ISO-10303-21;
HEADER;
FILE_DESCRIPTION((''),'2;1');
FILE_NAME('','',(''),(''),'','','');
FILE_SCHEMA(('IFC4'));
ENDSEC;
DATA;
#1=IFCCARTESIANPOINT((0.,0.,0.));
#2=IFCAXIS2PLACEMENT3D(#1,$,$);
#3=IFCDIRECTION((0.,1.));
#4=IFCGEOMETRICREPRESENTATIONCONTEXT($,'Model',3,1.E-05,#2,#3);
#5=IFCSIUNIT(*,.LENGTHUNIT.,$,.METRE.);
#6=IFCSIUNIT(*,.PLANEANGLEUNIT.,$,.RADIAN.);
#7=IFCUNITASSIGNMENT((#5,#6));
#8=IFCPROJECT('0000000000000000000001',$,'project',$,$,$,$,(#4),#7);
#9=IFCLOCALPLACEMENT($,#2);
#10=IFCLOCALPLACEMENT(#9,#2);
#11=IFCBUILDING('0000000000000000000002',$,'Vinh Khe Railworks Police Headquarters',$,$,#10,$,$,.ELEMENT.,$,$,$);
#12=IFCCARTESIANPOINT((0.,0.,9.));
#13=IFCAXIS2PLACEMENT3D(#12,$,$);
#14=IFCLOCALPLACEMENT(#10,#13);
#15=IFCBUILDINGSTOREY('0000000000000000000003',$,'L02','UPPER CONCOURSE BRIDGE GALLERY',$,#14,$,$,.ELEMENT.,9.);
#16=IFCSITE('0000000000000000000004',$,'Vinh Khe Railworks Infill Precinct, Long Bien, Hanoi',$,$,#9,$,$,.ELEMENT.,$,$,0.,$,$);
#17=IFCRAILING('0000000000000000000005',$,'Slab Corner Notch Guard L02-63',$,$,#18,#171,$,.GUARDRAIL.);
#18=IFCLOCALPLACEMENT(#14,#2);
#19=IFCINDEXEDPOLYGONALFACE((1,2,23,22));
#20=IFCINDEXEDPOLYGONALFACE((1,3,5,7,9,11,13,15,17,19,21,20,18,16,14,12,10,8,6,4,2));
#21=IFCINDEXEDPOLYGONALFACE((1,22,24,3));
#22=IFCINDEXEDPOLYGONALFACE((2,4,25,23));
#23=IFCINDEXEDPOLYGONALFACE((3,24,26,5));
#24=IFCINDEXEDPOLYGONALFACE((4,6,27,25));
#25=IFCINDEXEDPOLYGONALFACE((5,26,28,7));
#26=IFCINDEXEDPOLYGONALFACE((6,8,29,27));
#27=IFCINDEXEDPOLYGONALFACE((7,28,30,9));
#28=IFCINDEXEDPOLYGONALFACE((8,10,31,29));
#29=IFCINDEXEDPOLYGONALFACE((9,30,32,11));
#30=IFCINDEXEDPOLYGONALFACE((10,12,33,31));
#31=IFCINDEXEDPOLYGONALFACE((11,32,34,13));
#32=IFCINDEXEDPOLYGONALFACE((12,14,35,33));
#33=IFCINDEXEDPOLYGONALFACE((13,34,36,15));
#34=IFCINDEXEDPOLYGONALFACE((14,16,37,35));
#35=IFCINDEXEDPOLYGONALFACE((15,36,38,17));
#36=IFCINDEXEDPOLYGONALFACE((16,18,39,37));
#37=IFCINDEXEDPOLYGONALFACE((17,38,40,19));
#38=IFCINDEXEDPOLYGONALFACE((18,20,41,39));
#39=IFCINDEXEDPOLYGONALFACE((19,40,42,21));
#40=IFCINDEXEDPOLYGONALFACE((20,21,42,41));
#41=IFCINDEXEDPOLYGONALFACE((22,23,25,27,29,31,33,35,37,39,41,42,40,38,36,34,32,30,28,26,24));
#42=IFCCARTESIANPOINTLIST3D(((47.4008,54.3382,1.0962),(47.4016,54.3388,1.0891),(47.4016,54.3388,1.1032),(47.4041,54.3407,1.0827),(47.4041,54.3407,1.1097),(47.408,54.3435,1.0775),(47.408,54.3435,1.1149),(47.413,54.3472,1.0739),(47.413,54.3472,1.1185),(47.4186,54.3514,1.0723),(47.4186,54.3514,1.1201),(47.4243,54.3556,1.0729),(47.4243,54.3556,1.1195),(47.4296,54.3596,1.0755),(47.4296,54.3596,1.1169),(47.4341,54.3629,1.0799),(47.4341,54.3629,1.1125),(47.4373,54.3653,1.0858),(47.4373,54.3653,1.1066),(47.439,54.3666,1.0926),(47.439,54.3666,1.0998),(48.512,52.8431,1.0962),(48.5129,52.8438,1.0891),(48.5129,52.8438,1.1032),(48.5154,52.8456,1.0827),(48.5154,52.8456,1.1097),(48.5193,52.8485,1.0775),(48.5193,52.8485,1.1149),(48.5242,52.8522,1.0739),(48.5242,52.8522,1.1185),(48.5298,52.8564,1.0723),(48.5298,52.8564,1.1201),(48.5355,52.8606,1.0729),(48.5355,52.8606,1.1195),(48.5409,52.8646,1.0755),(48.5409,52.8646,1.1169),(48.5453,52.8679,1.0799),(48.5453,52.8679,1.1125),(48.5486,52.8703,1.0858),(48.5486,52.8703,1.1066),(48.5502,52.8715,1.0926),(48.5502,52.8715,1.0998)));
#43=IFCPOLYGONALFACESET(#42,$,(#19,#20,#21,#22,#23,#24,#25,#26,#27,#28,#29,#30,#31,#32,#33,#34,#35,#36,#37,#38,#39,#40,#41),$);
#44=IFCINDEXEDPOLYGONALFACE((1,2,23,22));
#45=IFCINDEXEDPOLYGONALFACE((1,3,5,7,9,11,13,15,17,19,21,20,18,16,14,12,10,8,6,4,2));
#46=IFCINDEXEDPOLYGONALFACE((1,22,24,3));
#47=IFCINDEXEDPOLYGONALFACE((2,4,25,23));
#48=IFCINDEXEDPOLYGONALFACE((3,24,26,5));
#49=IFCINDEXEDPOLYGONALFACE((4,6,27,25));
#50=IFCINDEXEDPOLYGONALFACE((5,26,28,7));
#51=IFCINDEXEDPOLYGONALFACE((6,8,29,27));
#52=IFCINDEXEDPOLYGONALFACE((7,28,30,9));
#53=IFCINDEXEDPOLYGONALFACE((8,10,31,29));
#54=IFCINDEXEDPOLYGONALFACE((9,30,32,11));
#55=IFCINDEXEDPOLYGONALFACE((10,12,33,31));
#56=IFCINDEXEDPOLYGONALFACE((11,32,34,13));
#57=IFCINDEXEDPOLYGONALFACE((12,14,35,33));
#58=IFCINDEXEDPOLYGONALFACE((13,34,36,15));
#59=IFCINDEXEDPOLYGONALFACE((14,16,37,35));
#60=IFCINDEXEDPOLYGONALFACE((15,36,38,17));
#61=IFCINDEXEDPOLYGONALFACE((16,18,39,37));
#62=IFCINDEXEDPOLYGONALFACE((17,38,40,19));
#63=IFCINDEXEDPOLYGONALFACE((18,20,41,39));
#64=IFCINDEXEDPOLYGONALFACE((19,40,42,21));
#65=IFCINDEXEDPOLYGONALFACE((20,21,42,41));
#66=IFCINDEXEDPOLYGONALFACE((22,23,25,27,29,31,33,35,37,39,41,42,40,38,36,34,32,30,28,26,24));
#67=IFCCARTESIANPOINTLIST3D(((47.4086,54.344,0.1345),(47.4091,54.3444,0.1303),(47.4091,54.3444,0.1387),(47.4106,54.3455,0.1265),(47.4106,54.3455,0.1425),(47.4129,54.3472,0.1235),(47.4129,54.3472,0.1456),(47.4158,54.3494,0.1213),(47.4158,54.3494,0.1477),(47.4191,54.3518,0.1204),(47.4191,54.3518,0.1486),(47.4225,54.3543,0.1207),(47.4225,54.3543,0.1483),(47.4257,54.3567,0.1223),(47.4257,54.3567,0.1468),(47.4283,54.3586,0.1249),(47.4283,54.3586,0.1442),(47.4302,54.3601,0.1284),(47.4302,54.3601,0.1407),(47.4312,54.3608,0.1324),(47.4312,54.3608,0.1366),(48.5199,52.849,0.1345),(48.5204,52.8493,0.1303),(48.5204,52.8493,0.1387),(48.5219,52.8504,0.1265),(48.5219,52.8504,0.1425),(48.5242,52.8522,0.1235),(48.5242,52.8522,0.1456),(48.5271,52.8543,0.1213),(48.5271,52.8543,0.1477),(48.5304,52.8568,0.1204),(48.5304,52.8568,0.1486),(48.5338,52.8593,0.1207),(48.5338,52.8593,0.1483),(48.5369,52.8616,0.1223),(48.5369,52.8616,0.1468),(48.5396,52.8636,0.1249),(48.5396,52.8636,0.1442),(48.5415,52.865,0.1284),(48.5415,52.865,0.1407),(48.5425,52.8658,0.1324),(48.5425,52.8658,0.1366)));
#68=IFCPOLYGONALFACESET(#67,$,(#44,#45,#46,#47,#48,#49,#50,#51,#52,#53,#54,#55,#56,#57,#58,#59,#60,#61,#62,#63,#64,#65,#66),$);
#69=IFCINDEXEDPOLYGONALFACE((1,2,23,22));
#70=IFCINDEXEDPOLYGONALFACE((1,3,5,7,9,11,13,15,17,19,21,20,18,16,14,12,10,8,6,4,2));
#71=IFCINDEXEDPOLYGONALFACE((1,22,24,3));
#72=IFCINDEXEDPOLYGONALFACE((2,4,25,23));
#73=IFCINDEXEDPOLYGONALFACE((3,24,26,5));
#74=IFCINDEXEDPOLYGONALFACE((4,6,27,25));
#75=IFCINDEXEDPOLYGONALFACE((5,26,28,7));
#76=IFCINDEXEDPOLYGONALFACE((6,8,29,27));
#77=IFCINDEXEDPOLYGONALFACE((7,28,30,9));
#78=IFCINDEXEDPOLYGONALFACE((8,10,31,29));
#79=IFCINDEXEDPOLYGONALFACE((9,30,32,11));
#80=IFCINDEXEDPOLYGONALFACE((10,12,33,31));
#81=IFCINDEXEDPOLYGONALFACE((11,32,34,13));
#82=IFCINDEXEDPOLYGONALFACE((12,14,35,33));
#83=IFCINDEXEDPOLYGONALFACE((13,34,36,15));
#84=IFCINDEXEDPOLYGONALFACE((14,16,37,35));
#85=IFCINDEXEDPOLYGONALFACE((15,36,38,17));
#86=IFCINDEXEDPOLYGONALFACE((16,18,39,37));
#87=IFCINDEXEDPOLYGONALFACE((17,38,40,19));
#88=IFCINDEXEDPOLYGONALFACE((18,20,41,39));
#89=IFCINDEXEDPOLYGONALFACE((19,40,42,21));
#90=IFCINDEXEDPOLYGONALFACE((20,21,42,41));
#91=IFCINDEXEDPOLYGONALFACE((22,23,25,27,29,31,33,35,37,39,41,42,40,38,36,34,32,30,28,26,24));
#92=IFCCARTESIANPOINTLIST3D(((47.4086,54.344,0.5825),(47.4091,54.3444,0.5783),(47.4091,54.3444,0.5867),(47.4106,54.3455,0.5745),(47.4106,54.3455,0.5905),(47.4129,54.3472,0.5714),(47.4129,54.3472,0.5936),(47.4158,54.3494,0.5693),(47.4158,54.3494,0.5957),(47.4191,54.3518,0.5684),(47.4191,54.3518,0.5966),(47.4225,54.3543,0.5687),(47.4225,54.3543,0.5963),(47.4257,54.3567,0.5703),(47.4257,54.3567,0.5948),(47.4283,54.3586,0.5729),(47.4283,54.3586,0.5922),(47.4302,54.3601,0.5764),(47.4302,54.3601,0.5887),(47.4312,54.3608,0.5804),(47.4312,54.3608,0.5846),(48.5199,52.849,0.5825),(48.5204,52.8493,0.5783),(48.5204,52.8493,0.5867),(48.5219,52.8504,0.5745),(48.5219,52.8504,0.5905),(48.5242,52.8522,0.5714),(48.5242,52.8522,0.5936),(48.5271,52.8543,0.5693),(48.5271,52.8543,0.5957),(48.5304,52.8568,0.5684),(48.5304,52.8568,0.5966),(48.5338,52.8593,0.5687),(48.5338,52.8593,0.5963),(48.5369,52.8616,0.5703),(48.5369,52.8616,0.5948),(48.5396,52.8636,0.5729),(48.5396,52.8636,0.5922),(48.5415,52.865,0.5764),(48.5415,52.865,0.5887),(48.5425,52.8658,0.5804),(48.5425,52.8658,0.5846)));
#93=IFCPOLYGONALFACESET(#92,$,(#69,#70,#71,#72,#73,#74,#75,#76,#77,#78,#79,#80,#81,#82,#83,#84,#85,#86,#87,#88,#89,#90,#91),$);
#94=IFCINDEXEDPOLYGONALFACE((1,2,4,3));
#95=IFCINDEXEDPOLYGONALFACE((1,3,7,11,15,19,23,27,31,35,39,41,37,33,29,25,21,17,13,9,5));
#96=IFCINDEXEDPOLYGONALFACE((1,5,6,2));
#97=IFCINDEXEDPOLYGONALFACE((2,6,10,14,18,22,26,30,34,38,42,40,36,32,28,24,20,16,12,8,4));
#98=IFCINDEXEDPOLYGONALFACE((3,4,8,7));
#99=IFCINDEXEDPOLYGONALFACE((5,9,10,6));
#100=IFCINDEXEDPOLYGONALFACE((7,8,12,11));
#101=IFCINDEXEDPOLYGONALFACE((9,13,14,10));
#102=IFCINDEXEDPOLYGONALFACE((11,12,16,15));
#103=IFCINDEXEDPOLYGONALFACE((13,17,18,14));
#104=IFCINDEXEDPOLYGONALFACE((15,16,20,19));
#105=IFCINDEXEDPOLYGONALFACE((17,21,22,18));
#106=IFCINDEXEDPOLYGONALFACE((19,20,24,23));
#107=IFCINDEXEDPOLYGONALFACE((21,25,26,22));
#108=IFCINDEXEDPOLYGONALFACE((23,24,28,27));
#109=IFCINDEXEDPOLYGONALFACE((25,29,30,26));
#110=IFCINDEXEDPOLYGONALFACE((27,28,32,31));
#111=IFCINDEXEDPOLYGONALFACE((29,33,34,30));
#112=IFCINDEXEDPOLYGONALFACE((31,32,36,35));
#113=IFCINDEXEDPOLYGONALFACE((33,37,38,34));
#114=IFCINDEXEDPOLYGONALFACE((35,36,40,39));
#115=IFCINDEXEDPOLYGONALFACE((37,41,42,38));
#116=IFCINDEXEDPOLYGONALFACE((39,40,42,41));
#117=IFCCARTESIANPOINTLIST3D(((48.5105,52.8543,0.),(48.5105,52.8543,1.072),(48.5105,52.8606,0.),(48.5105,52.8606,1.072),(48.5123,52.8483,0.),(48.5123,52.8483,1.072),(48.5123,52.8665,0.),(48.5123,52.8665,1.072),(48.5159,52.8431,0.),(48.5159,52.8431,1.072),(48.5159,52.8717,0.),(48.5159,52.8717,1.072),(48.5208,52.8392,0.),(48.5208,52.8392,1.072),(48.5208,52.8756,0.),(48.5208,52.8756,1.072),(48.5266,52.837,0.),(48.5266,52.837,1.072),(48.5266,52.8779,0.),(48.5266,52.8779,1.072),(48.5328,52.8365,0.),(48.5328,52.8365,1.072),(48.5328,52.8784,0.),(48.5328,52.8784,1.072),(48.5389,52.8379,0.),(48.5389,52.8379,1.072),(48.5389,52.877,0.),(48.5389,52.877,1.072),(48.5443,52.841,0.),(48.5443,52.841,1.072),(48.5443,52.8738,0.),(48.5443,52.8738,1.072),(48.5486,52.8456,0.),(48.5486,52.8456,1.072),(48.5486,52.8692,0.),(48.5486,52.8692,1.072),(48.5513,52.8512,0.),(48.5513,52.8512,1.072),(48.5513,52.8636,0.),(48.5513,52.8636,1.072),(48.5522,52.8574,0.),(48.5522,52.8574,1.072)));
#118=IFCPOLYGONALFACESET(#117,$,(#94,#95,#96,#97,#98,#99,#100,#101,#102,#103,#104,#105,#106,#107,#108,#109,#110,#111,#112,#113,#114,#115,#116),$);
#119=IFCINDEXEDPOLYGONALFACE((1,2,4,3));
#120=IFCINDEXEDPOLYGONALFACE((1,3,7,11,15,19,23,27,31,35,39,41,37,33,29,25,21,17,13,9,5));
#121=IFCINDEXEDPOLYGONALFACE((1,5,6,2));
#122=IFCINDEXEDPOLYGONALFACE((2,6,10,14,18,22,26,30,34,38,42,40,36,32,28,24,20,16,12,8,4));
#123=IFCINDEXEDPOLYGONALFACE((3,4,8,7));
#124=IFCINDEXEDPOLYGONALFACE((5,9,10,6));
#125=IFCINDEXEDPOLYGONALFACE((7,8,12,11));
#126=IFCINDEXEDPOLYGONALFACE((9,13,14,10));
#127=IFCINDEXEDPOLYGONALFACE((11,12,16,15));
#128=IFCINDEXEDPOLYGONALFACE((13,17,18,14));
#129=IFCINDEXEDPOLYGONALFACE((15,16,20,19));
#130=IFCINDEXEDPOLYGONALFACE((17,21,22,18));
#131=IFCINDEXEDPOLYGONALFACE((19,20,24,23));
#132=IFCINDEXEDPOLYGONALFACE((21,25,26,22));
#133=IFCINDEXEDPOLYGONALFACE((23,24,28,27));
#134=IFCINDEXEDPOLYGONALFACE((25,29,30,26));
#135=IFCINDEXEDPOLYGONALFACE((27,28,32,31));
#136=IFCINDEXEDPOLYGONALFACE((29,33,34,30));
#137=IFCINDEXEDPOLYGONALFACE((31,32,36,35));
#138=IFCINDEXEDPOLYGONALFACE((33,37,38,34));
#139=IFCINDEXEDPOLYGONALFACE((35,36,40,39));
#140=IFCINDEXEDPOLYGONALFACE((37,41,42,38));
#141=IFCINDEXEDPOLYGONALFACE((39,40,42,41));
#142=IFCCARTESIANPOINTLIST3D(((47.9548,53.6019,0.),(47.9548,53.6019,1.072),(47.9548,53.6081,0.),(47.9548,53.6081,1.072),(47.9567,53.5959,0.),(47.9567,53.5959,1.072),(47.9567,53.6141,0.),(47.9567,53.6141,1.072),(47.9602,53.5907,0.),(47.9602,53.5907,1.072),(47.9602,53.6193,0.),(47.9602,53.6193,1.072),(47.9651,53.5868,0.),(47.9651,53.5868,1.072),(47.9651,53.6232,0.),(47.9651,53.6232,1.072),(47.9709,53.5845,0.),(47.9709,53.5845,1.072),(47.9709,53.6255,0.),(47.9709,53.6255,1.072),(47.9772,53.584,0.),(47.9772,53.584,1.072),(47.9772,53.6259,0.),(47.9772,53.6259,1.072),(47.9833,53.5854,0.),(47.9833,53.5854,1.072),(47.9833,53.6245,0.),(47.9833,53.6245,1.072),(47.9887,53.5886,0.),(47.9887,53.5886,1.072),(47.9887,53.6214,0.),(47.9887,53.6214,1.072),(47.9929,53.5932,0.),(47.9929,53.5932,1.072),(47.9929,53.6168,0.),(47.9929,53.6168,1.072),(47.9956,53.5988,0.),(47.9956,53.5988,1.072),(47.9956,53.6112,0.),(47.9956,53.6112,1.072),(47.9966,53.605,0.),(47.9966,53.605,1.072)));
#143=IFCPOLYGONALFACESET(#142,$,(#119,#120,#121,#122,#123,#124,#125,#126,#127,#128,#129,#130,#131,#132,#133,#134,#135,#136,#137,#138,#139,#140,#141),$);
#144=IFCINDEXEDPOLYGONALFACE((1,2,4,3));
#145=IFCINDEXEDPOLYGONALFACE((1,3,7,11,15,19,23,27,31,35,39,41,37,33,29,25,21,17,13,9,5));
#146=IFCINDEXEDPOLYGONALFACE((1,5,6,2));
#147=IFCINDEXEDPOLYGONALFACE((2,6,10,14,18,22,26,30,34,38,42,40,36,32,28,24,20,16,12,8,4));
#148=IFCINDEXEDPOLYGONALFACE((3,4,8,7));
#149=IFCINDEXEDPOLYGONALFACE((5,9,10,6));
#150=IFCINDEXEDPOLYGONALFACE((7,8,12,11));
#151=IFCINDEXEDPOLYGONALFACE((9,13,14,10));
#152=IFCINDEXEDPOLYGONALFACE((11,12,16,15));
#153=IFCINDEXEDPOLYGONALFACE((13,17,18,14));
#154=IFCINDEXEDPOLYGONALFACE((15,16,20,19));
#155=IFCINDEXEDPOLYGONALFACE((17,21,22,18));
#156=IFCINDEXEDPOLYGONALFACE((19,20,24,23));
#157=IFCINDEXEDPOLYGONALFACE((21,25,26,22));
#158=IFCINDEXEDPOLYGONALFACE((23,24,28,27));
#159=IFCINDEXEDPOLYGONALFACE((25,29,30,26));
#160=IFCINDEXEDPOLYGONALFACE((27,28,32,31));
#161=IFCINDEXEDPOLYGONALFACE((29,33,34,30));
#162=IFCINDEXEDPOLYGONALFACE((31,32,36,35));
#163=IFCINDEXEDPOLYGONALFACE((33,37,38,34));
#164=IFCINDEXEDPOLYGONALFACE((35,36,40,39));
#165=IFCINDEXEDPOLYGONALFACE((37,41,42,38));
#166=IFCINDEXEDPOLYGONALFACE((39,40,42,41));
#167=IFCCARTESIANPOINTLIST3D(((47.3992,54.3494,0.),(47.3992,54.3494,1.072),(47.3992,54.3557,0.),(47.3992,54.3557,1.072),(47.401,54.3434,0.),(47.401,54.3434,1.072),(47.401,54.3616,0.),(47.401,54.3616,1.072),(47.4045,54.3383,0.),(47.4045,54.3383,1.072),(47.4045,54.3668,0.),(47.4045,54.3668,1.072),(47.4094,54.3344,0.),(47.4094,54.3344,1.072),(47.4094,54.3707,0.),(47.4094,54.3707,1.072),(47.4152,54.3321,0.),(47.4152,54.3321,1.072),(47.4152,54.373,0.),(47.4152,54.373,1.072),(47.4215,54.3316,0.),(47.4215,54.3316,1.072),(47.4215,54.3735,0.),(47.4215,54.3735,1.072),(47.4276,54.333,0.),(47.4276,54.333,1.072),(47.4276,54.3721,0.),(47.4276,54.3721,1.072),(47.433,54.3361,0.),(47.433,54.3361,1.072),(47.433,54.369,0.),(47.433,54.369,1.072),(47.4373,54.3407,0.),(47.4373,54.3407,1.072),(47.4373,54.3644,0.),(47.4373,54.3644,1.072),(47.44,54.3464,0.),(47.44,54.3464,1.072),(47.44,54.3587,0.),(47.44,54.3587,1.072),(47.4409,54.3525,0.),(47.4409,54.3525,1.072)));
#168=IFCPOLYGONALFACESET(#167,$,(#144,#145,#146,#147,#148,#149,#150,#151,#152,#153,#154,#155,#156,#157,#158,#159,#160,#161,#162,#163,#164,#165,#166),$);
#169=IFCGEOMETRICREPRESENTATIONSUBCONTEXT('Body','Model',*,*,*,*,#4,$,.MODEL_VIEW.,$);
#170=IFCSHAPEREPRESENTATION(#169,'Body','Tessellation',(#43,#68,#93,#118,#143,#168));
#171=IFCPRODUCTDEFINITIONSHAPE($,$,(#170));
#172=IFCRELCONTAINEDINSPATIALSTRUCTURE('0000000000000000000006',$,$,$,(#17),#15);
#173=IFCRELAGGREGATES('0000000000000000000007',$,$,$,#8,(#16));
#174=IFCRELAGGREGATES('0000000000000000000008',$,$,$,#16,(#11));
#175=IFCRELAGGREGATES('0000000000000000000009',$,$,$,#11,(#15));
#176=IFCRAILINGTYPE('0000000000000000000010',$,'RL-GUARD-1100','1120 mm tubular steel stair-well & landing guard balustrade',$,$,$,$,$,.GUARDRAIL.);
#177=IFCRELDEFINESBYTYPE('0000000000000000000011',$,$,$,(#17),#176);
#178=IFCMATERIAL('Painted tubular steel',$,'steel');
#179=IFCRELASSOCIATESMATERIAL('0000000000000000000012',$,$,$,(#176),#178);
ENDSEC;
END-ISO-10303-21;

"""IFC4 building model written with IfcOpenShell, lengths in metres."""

from ifc_helpers import new_model, si_unit, direction, frame, origin, origin_2d, place, context, subcontext, project, spatial, circle, extrude, material, type_object, element, save


model = new_model("IFC4")

# Units and contexts
model_context = context("Model", 3, precision=1e-05, world=origin(), true_north=direction((0.0, 1.0)))
body_context = subcontext(model_context, "Body", "Model", "MODEL_VIEW")
ifc_project = project(units=[si_unit("LENGTHUNIT", "METRE"), si_unit("PLANEANGLEUNIT", "RADIAN")], contexts=[model_context])

# Site, building, storey
site_placement = place(None, origin())
site = spatial("IfcSite", under=ifc_project, at=site_placement, Name="Vinh Khe Railworks Infill Precinct, Long Bien, Hanoi", CompositionType="ELEMENT", RefElevation=0.0)
building_placement = place(site_placement, origin())
building = spatial("IfcBuilding", under=site, at=building_placement, Name="Vinh Khe Railworks Police Headquarters", CompositionType="ELEMENT")
storey_placement = place(building_placement, frame((0.0, 0.0, 9.0)))
storey = spatial("IfcBuildingStorey", under=building, at=storey_placement, Name="L02", Description="UPPER CONCOURSE BRIDGE GALLERY", CompositionType="ELEMENT", Elevation=9.0)

# Railing
ifc_material_1 = material(Name="Painted tubular steel", Category="steel")
railing_type_1 = type_object("IfcRailingType", Name="RL-GUARD-1100", Description="1120 mm tubular steel stair-well & landing guard balustrade", PredefinedType="GUARDRAIL", material=ifc_material_1)
railing_1_placement = place(storey_placement, frame((48.5312, 52.8574, 0.0)))
element("IfcRailing", 1, at=railing_1_placement, inside=storey, type_object=railing_type_1, Name="Slab Corner Notch Guard L02-63", PredefinedType="GUARDRAIL", context=body_context, shape_type="SweptSolid", body=[
    extrude(circle(Radius=0.0239, at=origin_2d()), frame((0.0, 0.0, 1.0962), z_axis=(-0.596556, 0.802572, 0.0), x_axis=(-0.802572, -0.596556, 0.0)), (0.0, 0.0, 1.0), 1.8628),
    extrude(circle(Radius=0.0142, at=origin_2d()), frame((0.0, 0.0, 0.1345), z_axis=(-0.596556, 0.802572, 0.0), x_axis=(-0.802572, -0.596556, 0.0)), (0.0, 0.0, 1.0), 1.8628),
    extrude(circle(Radius=0.0142, at=origin_2d()), frame((0.0, 0.0, 0.5825), z_axis=(-0.596556, 0.802572, 0.0), x_axis=(-0.802572, -0.596556, 0.0)), (0.0, 0.0, 1.0), 1.8628),
    extrude(circle(Radius=0.021, at=origin_2d()), origin(), (0.0, 0.0, 1.0), 1.072),
    extrude(circle(Radius=0.021, at=origin_2d()), frame((-0.5557, 0.7476, 0.0)), (0.0, 0.0, 1.0), 1.072),
    extrude(circle(Radius=0.021, at=origin_2d()), frame((-1.1113, 1.4951, 0.0)), (0.0, 0.0, 1.0), 1.072),
])

save(model, "model.ifc")
